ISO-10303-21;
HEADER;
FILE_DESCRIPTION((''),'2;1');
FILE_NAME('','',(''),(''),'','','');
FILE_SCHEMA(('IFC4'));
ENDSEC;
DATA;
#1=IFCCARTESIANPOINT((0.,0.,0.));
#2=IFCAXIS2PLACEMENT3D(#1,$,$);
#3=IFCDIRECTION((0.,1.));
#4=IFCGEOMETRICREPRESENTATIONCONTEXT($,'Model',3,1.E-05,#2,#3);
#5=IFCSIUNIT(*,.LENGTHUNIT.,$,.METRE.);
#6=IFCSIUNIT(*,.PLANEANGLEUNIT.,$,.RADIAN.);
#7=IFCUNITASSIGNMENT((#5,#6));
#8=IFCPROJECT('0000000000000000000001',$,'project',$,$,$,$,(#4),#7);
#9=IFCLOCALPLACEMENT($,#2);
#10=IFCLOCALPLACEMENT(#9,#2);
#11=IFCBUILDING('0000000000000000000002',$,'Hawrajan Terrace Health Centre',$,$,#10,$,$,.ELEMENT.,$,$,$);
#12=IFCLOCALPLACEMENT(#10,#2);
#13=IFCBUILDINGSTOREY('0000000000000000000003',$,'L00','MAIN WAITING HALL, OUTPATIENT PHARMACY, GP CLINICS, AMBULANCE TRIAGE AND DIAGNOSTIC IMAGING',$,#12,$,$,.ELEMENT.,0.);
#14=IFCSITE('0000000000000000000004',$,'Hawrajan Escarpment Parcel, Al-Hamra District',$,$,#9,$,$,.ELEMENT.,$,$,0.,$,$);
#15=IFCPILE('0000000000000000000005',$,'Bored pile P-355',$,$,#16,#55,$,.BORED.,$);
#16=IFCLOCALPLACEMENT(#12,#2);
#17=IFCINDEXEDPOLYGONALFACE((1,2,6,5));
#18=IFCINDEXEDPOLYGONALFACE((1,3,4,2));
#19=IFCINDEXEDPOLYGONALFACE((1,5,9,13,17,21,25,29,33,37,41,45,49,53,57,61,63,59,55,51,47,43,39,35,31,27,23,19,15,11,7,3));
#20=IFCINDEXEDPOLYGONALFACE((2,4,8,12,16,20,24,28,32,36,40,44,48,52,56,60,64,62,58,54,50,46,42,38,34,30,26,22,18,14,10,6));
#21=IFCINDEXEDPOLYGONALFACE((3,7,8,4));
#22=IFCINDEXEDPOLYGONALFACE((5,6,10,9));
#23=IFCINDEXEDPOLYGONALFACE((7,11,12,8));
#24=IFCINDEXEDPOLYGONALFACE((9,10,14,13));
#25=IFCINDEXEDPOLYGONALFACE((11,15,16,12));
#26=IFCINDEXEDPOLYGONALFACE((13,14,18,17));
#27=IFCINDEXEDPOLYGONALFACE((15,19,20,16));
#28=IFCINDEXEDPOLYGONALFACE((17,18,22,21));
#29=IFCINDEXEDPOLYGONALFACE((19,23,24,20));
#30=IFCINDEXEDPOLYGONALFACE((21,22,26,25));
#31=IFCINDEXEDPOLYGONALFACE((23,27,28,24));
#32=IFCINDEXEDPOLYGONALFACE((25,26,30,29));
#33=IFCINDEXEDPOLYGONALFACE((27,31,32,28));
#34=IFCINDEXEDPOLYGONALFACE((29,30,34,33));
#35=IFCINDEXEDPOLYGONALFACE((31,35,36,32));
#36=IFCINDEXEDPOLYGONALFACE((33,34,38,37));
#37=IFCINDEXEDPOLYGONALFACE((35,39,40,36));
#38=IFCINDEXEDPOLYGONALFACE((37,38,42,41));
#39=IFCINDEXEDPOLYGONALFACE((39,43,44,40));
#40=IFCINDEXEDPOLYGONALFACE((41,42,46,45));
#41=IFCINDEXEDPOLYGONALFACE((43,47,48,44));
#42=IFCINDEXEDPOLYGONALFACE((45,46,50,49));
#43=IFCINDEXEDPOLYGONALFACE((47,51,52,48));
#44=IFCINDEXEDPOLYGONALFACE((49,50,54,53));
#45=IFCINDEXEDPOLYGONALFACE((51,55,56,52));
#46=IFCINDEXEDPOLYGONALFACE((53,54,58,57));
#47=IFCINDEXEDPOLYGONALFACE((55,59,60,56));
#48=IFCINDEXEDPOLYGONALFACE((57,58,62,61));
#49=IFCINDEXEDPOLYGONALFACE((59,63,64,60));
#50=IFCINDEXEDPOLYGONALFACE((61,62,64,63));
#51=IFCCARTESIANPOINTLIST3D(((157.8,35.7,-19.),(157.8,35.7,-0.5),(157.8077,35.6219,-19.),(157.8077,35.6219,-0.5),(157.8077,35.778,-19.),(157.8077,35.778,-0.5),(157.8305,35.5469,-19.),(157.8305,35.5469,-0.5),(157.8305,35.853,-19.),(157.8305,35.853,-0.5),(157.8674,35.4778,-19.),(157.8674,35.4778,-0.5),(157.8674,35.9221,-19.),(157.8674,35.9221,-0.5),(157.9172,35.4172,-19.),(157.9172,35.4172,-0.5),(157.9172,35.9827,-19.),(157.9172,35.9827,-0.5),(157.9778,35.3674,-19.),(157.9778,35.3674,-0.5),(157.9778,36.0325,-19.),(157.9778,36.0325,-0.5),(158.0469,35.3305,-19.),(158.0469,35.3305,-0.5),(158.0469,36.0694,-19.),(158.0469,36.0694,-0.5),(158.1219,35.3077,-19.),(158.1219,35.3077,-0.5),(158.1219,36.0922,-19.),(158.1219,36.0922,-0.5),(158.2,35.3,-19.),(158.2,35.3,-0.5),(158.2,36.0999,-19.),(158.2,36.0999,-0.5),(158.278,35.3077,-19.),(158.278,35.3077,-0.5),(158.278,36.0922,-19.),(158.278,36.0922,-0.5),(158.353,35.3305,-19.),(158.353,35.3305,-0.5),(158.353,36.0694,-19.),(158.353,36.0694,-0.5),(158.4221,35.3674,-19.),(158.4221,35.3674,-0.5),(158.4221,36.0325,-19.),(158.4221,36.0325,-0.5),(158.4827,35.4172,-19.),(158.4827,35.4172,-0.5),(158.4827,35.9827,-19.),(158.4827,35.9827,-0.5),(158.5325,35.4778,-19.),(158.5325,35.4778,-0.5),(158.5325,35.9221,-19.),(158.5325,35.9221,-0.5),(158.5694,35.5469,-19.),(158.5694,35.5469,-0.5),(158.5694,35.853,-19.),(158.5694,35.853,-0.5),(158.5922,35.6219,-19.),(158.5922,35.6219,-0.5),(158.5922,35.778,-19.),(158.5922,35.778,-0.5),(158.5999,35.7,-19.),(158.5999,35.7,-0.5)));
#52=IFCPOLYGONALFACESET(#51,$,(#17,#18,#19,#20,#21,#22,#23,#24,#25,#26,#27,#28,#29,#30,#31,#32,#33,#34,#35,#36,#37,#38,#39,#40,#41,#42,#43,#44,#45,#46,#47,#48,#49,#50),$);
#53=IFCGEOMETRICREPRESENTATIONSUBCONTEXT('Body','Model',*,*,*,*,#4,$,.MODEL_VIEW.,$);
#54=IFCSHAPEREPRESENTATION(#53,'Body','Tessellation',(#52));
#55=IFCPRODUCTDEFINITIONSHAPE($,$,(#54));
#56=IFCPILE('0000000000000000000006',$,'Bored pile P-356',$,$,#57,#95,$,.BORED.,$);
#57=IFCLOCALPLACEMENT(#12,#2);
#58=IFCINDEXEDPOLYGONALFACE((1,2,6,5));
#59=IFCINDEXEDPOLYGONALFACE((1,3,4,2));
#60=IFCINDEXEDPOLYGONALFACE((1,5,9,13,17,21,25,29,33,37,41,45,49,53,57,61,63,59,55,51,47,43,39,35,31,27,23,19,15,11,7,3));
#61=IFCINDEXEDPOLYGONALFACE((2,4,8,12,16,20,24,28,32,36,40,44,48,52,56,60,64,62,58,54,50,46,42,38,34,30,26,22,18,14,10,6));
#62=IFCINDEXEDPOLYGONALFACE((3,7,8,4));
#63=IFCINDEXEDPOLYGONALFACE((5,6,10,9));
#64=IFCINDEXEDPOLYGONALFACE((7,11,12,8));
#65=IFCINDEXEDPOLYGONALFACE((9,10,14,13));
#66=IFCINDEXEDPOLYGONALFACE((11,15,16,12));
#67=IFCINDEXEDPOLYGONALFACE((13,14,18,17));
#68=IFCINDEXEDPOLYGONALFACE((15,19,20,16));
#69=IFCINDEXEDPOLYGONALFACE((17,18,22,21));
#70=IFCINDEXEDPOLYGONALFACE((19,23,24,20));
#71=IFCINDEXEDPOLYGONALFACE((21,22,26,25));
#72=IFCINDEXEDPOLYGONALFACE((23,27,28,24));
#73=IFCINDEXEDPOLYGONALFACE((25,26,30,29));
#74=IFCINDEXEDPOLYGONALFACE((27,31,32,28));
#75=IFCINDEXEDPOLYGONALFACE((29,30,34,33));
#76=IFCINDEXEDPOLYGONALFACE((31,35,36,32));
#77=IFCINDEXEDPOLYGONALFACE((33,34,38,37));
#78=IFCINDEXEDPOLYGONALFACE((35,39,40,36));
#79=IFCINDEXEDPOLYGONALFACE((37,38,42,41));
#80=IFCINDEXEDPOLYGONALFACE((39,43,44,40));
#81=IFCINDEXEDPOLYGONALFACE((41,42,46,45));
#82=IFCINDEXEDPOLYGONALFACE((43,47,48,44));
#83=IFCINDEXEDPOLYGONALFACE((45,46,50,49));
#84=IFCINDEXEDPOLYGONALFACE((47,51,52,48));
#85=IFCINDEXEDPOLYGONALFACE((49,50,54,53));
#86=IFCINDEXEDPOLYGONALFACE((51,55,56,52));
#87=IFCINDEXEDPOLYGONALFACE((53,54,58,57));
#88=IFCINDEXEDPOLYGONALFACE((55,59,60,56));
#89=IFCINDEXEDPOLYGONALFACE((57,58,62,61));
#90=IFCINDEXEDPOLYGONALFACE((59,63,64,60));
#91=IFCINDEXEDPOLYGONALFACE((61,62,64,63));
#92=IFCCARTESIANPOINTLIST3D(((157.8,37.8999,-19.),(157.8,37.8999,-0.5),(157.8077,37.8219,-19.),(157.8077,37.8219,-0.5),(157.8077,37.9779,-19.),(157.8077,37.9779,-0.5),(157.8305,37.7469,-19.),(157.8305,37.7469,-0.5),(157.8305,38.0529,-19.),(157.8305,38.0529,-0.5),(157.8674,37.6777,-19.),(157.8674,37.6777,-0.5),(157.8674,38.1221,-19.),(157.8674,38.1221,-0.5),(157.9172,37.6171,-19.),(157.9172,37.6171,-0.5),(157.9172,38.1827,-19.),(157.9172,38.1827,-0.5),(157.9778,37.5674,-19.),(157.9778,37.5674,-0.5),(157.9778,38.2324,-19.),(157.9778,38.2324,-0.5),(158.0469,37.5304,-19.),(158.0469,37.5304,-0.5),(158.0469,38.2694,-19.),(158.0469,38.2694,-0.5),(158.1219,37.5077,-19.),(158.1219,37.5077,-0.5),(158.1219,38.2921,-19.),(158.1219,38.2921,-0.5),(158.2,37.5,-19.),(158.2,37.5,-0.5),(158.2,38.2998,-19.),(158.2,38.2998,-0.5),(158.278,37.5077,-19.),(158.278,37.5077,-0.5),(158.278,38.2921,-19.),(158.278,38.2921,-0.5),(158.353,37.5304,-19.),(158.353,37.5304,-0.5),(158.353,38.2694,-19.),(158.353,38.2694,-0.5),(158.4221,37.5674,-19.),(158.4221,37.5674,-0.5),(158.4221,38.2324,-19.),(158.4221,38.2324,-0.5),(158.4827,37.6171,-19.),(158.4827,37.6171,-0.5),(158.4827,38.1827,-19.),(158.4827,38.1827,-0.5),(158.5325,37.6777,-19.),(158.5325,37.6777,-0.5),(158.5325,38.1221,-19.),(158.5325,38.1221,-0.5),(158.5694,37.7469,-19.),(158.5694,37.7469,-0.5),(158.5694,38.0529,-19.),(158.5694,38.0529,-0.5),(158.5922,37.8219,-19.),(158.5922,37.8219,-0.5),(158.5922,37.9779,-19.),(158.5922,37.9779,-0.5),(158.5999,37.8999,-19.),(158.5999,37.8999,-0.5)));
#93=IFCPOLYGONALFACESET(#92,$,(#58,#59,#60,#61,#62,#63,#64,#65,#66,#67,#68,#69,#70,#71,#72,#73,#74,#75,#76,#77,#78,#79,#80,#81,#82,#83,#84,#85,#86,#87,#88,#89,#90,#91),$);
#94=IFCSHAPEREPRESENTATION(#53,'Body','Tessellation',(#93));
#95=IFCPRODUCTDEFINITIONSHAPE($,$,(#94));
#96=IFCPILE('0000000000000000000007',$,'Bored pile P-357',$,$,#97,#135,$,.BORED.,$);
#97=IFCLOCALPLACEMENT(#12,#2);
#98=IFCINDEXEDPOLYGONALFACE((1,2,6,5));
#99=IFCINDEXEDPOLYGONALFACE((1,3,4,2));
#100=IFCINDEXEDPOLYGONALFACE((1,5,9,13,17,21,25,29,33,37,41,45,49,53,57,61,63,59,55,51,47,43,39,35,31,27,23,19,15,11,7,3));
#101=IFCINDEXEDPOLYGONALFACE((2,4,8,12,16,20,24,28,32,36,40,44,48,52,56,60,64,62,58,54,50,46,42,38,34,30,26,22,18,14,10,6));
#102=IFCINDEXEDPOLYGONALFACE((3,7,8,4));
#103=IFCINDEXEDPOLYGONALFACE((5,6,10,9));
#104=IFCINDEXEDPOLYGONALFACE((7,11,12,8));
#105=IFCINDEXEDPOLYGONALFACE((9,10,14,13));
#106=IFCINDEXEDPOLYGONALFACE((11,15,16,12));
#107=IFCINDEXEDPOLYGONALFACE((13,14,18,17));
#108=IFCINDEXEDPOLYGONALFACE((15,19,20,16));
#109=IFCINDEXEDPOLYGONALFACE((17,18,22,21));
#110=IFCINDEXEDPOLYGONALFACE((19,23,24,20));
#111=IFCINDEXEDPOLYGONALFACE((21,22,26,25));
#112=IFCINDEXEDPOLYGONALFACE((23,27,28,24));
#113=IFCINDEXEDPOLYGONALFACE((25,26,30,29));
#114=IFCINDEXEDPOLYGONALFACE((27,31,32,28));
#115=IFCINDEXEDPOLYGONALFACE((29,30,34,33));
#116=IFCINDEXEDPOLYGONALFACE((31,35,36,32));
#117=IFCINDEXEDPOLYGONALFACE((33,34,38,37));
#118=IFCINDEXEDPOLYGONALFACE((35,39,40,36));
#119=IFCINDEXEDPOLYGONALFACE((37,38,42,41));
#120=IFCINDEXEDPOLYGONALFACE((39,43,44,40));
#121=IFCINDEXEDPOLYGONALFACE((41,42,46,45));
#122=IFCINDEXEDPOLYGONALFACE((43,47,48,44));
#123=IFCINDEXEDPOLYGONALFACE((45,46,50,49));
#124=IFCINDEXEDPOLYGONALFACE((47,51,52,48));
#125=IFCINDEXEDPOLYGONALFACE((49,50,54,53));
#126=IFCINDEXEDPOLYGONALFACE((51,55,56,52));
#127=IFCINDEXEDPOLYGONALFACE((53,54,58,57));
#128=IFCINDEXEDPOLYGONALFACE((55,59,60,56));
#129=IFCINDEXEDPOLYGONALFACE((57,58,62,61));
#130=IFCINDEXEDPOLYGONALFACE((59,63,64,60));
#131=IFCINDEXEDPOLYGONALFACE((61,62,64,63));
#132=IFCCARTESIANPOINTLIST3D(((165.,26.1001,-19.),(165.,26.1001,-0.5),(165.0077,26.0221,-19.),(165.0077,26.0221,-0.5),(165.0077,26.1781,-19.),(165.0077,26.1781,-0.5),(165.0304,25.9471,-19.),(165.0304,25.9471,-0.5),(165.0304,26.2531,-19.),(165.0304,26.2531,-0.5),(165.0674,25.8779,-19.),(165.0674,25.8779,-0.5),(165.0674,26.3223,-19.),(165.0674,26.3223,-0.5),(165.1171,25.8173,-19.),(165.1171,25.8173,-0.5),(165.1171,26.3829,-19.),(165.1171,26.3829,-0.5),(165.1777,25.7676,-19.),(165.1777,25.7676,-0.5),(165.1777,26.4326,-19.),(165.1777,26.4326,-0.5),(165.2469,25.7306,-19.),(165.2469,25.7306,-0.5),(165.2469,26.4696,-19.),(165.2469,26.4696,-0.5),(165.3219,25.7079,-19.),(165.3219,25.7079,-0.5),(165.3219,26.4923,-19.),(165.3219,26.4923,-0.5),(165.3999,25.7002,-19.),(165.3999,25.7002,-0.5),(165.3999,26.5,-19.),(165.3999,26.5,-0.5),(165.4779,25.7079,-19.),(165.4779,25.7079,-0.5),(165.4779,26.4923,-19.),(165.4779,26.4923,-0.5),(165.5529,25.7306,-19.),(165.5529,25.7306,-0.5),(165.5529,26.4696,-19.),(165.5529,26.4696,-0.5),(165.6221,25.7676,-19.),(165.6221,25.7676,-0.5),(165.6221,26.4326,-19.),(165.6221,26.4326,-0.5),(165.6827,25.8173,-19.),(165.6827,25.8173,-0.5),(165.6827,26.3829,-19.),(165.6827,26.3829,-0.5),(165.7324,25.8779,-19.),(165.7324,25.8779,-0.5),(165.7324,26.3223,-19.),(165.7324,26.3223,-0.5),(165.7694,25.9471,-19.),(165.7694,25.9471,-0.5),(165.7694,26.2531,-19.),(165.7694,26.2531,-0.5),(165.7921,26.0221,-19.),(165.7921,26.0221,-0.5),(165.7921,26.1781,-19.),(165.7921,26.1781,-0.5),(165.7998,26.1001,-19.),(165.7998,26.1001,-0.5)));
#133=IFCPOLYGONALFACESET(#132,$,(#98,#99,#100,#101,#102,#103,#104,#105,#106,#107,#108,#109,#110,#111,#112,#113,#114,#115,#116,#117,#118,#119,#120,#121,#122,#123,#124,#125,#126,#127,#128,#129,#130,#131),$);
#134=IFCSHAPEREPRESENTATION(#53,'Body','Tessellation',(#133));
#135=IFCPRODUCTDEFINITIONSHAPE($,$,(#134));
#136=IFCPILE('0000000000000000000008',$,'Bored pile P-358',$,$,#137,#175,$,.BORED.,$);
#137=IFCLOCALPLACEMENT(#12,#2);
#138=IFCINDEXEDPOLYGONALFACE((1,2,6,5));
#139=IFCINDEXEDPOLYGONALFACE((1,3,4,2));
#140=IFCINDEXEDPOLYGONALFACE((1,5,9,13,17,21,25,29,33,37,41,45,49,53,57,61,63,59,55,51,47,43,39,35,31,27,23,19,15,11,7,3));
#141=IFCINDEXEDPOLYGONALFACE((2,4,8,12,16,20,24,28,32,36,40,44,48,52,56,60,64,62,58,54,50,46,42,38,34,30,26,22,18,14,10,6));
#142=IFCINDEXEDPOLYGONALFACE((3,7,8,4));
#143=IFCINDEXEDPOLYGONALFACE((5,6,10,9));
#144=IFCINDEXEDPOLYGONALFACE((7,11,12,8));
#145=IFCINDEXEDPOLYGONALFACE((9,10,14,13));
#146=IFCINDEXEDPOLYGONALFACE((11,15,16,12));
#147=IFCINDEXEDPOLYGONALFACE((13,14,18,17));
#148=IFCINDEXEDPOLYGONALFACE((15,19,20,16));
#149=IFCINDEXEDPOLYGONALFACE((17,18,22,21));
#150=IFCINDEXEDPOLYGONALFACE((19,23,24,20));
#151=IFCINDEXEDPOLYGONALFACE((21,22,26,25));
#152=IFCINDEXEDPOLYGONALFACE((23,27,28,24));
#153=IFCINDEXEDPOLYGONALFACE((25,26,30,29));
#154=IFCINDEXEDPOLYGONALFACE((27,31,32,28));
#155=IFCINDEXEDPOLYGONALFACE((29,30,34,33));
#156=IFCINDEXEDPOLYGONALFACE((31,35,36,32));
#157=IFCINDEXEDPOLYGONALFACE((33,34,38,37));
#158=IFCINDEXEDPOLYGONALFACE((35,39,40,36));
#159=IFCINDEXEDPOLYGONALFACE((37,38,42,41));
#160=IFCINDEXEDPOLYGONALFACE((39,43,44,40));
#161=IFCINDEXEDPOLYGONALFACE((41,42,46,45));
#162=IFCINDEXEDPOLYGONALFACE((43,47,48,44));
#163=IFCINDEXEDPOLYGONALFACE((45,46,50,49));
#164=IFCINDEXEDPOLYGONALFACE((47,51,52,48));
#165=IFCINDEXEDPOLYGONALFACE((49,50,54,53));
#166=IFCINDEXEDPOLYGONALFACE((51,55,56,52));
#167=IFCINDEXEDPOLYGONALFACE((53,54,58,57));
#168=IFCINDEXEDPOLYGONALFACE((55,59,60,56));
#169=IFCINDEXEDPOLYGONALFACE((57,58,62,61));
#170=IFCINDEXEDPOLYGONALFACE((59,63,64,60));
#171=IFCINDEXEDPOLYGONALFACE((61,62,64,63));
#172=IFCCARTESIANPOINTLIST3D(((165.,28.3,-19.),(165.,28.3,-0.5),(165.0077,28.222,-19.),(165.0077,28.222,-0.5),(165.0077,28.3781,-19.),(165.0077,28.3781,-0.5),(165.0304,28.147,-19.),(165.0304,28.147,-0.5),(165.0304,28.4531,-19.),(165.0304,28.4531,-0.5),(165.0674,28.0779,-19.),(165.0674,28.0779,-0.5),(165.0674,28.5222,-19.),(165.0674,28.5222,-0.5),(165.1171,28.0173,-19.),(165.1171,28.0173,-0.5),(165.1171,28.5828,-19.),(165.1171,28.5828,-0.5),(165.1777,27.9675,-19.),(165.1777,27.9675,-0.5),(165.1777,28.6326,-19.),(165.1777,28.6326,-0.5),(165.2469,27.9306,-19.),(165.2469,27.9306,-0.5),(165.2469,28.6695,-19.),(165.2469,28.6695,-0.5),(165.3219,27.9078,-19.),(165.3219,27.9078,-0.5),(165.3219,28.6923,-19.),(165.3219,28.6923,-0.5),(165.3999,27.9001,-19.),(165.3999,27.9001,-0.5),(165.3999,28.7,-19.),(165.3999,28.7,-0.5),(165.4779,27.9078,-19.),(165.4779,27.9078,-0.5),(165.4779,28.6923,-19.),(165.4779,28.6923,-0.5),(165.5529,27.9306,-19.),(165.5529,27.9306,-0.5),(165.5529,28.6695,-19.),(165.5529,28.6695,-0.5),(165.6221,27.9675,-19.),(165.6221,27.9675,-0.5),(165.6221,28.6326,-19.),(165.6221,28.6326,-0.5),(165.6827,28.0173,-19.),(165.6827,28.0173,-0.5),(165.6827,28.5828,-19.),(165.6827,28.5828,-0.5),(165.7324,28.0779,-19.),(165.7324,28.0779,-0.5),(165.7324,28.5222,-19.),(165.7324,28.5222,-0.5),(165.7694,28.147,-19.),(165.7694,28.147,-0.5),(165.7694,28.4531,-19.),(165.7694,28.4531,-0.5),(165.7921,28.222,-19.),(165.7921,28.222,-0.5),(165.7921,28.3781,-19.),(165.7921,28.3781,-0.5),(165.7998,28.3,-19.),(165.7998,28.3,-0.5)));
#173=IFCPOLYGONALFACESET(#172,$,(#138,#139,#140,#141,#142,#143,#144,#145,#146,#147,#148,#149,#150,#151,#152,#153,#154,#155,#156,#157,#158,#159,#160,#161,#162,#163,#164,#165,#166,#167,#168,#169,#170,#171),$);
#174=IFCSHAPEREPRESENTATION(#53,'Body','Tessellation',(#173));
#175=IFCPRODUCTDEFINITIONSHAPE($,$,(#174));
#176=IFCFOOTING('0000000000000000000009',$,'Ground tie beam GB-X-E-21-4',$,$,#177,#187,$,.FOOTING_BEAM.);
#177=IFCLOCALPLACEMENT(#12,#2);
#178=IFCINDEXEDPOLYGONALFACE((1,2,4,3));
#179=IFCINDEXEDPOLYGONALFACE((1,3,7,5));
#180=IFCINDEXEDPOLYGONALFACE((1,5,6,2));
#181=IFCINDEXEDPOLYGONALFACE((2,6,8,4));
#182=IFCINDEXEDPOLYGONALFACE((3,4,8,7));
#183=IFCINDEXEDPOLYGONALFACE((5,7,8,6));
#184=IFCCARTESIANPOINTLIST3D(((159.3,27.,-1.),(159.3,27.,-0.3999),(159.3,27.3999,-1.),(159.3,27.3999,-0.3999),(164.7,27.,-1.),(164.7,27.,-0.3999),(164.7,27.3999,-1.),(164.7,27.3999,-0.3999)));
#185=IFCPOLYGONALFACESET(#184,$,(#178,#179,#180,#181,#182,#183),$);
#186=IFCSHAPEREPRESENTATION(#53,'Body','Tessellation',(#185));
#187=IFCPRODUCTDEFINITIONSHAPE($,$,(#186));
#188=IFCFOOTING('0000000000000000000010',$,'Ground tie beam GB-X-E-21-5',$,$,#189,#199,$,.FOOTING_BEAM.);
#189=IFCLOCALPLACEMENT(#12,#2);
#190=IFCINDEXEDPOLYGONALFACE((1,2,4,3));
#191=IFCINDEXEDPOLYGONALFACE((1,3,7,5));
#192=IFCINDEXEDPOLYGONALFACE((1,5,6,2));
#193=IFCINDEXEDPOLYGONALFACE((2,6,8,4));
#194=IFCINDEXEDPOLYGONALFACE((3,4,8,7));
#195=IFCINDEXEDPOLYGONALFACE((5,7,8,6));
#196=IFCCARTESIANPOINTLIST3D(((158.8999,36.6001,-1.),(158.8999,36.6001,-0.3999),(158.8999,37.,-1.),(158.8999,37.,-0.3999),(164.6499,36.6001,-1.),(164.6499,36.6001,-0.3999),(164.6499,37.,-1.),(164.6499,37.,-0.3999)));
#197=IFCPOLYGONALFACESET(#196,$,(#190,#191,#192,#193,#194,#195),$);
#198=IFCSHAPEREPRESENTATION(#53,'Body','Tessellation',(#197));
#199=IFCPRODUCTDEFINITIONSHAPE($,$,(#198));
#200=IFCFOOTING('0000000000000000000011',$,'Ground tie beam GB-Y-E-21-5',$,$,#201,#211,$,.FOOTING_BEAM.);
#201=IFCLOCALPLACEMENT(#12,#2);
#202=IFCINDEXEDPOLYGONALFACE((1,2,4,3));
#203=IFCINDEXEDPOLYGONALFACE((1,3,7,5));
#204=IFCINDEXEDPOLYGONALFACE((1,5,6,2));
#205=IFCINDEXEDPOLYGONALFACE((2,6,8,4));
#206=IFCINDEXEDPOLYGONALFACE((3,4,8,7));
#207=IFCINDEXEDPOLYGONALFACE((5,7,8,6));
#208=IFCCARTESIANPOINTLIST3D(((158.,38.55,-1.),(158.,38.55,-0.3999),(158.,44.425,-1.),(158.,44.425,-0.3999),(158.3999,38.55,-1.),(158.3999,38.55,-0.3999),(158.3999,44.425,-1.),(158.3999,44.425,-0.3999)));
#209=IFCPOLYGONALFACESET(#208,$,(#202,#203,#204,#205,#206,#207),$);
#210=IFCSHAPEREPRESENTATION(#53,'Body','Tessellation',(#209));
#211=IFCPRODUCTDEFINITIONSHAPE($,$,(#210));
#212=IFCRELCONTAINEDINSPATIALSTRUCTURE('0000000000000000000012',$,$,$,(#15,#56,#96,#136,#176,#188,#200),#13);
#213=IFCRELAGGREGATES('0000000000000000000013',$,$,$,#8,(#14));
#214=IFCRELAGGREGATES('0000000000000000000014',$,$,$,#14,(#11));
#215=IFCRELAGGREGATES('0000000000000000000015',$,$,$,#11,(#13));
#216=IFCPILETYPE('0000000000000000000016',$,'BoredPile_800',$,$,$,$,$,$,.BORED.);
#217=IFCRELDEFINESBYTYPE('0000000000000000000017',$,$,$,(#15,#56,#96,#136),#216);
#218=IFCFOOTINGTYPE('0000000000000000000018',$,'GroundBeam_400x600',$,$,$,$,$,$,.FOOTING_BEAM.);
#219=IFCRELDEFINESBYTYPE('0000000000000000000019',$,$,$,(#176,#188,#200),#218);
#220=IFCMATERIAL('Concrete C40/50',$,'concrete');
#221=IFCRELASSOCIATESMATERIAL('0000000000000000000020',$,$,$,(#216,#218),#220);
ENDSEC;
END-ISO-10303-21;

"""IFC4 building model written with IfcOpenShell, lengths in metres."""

from ifc_helpers import new_model, si_unit, direction, frame, origin, origin_2d, place, context, subcontext, project, spatial, rectangle, circle, extrude, material, material_profile, profile_set, type_object, element, save


model = new_model("IFC4")

# Units and contexts
model_context = context("Model", 3, precision=1e-05, world=origin(), true_north=direction((0.0, 1.0)))
body_context = subcontext(model_context, "Body", "Model", "MODEL_VIEW")
ifc_project = project(units=[si_unit("LENGTHUNIT", "METRE"), si_unit("PLANEANGLEUNIT", "RADIAN")], contexts=[model_context])

# Site, building, storey
site_placement = place(None, origin())
site = spatial("IfcSite", under=ifc_project, at=site_placement, Name="Hawrajan Escarpment Parcel, Al-Hamra District", CompositionType="ELEMENT", RefElevation=0.0)
building_placement = place(site_placement, origin())
building = spatial("IfcBuilding", under=site, at=building_placement, Name="Hawrajan Terrace Health Centre", CompositionType="ELEMENT")
storey_placement = place(building_placement, origin())
storey = spatial("IfcBuildingStorey", under=building, at=storey_placement, Name="L00", Description="MAIN WAITING HALL, OUTPATIENT PHARMACY, GP CLINICS, AMBULANCE TRIAGE AND DIAGNOSTIC IMAGING", CompositionType="ELEMENT", Elevation=0.0)

# Piles
ifc_material_1 = material(Name="Concrete C40/50", Category="concrete")
ifc_material_profile_1 = material_profile(ifc_material_1, circle(Radius=0.3999, at=origin_2d()), Name="BP 800")
ifc_profile_set_1 = profile_set([ifc_material_profile_1], Name="Concrete C40/50")
pile_type = type_object("IfcPileType", Name="BoredPile_800", PredefinedType="BORED", material=ifc_profile_set_1)
for number, where, z_axis, x_axis, name in (
    (1, (158.2, 35.7, -0.5), (0.0, 0.0, -1.0), (1.0, 0.0, 0.0), "Bored pile P-355"),
    (2, (158.2, 37.8999, -0.5), (0.0, 0.0, -1.0), (1.0, 0.0, 0.0), "Bored pile P-356"),
    (3, (165.3999, 26.1001, -0.5), (0.0, 0.0, -1.0), (1.0, 0.0, 0.0), "Bored pile P-357"),
    (4, (165.3999, 28.3, -0.5), (0.0, 0.0, -1.0), (1.0, 0.0, 0.0), "Bored pile P-358"),
):
    element("IfcPile", number, at=place(storey_placement, frame(where, z_axis=z_axis, x_axis=x_axis)), inside=storey, type_object=pile_type, Name=name, PredefinedType="BORED", context=body_context, shape_type="SweptSolid", body=[
        extrude(circle(Radius=0.3999, at=origin_2d()), origin(), (0.0, 0.0, 1.0), 18.5),
    ])

# Footings
ifc_material_profile_2 = material_profile(ifc_material_1, rectangle(XDim=0.3999, YDim=0.6001, at=origin_2d()), Name="RC BM 400x600")
ifc_profile_set_2 = profile_set([ifc_material_profile_2], Name="Concrete C40/50")
footing_type_1 = type_object("IfcFootingType", Name="GroundBeam_400x600", PredefinedType="FOOTING_BEAM", material=ifc_profile_set_2)
footing_1_placement = place(storey_placement, frame((159.3, 27.2, -0.7), z_axis=(1.0, 0.0, 0.0), x_axis=(0.0, 1.0, 0.0)))
element("IfcFooting", 5, at=footing_1_placement, inside=storey, type_object=footing_type_1, Name="Ground tie beam GB-X-E-21-4", PredefinedType="FOOTING_BEAM", context=body_context, shape_type="SweptSolid", body=[
    extrude(rectangle(XDim=0.3999, YDim=0.6001, at=origin_2d()), origin(), (0.0, 0.0, 1.0), 5.3999),
])
footing_2_placement = place(storey_placement, frame((158.8999, 36.8, -0.7), z_axis=(1.0, 0.0, 0.0), x_axis=(0.0, 1.0, 0.0)))
element("IfcFooting", 6, at=footing_2_placement, inside=storey, type_object=footing_type_1, Name="Ground tie beam GB-X-E-21-5", PredefinedType="FOOTING_BEAM", context=body_context, shape_type="SweptSolid", body=[
    extrude(rectangle(XDim=0.3999, YDim=0.6001, at=origin_2d()), origin(), (0.0, 0.0, 1.0), 5.75),
])
footing_3_placement = place(storey_placement, frame((158.2, 38.55, -0.7), z_axis=(0.0, 1.0, 0.0), x_axis=(-1.0, 0.0, 0.0)))
element("IfcFooting", 7, at=footing_3_placement, inside=storey, type_object=footing_type_1, Name="Ground tie beam GB-Y-E-21-5", PredefinedType="FOOTING_BEAM", context=body_context, shape_type="SweptSolid", body=[
    extrude(rectangle(XDim=0.3999, YDim=0.6001, at=origin_2d()), origin(), (0.0, 0.0, 1.0), 5.875),
])

save(model, "model.ifc")
